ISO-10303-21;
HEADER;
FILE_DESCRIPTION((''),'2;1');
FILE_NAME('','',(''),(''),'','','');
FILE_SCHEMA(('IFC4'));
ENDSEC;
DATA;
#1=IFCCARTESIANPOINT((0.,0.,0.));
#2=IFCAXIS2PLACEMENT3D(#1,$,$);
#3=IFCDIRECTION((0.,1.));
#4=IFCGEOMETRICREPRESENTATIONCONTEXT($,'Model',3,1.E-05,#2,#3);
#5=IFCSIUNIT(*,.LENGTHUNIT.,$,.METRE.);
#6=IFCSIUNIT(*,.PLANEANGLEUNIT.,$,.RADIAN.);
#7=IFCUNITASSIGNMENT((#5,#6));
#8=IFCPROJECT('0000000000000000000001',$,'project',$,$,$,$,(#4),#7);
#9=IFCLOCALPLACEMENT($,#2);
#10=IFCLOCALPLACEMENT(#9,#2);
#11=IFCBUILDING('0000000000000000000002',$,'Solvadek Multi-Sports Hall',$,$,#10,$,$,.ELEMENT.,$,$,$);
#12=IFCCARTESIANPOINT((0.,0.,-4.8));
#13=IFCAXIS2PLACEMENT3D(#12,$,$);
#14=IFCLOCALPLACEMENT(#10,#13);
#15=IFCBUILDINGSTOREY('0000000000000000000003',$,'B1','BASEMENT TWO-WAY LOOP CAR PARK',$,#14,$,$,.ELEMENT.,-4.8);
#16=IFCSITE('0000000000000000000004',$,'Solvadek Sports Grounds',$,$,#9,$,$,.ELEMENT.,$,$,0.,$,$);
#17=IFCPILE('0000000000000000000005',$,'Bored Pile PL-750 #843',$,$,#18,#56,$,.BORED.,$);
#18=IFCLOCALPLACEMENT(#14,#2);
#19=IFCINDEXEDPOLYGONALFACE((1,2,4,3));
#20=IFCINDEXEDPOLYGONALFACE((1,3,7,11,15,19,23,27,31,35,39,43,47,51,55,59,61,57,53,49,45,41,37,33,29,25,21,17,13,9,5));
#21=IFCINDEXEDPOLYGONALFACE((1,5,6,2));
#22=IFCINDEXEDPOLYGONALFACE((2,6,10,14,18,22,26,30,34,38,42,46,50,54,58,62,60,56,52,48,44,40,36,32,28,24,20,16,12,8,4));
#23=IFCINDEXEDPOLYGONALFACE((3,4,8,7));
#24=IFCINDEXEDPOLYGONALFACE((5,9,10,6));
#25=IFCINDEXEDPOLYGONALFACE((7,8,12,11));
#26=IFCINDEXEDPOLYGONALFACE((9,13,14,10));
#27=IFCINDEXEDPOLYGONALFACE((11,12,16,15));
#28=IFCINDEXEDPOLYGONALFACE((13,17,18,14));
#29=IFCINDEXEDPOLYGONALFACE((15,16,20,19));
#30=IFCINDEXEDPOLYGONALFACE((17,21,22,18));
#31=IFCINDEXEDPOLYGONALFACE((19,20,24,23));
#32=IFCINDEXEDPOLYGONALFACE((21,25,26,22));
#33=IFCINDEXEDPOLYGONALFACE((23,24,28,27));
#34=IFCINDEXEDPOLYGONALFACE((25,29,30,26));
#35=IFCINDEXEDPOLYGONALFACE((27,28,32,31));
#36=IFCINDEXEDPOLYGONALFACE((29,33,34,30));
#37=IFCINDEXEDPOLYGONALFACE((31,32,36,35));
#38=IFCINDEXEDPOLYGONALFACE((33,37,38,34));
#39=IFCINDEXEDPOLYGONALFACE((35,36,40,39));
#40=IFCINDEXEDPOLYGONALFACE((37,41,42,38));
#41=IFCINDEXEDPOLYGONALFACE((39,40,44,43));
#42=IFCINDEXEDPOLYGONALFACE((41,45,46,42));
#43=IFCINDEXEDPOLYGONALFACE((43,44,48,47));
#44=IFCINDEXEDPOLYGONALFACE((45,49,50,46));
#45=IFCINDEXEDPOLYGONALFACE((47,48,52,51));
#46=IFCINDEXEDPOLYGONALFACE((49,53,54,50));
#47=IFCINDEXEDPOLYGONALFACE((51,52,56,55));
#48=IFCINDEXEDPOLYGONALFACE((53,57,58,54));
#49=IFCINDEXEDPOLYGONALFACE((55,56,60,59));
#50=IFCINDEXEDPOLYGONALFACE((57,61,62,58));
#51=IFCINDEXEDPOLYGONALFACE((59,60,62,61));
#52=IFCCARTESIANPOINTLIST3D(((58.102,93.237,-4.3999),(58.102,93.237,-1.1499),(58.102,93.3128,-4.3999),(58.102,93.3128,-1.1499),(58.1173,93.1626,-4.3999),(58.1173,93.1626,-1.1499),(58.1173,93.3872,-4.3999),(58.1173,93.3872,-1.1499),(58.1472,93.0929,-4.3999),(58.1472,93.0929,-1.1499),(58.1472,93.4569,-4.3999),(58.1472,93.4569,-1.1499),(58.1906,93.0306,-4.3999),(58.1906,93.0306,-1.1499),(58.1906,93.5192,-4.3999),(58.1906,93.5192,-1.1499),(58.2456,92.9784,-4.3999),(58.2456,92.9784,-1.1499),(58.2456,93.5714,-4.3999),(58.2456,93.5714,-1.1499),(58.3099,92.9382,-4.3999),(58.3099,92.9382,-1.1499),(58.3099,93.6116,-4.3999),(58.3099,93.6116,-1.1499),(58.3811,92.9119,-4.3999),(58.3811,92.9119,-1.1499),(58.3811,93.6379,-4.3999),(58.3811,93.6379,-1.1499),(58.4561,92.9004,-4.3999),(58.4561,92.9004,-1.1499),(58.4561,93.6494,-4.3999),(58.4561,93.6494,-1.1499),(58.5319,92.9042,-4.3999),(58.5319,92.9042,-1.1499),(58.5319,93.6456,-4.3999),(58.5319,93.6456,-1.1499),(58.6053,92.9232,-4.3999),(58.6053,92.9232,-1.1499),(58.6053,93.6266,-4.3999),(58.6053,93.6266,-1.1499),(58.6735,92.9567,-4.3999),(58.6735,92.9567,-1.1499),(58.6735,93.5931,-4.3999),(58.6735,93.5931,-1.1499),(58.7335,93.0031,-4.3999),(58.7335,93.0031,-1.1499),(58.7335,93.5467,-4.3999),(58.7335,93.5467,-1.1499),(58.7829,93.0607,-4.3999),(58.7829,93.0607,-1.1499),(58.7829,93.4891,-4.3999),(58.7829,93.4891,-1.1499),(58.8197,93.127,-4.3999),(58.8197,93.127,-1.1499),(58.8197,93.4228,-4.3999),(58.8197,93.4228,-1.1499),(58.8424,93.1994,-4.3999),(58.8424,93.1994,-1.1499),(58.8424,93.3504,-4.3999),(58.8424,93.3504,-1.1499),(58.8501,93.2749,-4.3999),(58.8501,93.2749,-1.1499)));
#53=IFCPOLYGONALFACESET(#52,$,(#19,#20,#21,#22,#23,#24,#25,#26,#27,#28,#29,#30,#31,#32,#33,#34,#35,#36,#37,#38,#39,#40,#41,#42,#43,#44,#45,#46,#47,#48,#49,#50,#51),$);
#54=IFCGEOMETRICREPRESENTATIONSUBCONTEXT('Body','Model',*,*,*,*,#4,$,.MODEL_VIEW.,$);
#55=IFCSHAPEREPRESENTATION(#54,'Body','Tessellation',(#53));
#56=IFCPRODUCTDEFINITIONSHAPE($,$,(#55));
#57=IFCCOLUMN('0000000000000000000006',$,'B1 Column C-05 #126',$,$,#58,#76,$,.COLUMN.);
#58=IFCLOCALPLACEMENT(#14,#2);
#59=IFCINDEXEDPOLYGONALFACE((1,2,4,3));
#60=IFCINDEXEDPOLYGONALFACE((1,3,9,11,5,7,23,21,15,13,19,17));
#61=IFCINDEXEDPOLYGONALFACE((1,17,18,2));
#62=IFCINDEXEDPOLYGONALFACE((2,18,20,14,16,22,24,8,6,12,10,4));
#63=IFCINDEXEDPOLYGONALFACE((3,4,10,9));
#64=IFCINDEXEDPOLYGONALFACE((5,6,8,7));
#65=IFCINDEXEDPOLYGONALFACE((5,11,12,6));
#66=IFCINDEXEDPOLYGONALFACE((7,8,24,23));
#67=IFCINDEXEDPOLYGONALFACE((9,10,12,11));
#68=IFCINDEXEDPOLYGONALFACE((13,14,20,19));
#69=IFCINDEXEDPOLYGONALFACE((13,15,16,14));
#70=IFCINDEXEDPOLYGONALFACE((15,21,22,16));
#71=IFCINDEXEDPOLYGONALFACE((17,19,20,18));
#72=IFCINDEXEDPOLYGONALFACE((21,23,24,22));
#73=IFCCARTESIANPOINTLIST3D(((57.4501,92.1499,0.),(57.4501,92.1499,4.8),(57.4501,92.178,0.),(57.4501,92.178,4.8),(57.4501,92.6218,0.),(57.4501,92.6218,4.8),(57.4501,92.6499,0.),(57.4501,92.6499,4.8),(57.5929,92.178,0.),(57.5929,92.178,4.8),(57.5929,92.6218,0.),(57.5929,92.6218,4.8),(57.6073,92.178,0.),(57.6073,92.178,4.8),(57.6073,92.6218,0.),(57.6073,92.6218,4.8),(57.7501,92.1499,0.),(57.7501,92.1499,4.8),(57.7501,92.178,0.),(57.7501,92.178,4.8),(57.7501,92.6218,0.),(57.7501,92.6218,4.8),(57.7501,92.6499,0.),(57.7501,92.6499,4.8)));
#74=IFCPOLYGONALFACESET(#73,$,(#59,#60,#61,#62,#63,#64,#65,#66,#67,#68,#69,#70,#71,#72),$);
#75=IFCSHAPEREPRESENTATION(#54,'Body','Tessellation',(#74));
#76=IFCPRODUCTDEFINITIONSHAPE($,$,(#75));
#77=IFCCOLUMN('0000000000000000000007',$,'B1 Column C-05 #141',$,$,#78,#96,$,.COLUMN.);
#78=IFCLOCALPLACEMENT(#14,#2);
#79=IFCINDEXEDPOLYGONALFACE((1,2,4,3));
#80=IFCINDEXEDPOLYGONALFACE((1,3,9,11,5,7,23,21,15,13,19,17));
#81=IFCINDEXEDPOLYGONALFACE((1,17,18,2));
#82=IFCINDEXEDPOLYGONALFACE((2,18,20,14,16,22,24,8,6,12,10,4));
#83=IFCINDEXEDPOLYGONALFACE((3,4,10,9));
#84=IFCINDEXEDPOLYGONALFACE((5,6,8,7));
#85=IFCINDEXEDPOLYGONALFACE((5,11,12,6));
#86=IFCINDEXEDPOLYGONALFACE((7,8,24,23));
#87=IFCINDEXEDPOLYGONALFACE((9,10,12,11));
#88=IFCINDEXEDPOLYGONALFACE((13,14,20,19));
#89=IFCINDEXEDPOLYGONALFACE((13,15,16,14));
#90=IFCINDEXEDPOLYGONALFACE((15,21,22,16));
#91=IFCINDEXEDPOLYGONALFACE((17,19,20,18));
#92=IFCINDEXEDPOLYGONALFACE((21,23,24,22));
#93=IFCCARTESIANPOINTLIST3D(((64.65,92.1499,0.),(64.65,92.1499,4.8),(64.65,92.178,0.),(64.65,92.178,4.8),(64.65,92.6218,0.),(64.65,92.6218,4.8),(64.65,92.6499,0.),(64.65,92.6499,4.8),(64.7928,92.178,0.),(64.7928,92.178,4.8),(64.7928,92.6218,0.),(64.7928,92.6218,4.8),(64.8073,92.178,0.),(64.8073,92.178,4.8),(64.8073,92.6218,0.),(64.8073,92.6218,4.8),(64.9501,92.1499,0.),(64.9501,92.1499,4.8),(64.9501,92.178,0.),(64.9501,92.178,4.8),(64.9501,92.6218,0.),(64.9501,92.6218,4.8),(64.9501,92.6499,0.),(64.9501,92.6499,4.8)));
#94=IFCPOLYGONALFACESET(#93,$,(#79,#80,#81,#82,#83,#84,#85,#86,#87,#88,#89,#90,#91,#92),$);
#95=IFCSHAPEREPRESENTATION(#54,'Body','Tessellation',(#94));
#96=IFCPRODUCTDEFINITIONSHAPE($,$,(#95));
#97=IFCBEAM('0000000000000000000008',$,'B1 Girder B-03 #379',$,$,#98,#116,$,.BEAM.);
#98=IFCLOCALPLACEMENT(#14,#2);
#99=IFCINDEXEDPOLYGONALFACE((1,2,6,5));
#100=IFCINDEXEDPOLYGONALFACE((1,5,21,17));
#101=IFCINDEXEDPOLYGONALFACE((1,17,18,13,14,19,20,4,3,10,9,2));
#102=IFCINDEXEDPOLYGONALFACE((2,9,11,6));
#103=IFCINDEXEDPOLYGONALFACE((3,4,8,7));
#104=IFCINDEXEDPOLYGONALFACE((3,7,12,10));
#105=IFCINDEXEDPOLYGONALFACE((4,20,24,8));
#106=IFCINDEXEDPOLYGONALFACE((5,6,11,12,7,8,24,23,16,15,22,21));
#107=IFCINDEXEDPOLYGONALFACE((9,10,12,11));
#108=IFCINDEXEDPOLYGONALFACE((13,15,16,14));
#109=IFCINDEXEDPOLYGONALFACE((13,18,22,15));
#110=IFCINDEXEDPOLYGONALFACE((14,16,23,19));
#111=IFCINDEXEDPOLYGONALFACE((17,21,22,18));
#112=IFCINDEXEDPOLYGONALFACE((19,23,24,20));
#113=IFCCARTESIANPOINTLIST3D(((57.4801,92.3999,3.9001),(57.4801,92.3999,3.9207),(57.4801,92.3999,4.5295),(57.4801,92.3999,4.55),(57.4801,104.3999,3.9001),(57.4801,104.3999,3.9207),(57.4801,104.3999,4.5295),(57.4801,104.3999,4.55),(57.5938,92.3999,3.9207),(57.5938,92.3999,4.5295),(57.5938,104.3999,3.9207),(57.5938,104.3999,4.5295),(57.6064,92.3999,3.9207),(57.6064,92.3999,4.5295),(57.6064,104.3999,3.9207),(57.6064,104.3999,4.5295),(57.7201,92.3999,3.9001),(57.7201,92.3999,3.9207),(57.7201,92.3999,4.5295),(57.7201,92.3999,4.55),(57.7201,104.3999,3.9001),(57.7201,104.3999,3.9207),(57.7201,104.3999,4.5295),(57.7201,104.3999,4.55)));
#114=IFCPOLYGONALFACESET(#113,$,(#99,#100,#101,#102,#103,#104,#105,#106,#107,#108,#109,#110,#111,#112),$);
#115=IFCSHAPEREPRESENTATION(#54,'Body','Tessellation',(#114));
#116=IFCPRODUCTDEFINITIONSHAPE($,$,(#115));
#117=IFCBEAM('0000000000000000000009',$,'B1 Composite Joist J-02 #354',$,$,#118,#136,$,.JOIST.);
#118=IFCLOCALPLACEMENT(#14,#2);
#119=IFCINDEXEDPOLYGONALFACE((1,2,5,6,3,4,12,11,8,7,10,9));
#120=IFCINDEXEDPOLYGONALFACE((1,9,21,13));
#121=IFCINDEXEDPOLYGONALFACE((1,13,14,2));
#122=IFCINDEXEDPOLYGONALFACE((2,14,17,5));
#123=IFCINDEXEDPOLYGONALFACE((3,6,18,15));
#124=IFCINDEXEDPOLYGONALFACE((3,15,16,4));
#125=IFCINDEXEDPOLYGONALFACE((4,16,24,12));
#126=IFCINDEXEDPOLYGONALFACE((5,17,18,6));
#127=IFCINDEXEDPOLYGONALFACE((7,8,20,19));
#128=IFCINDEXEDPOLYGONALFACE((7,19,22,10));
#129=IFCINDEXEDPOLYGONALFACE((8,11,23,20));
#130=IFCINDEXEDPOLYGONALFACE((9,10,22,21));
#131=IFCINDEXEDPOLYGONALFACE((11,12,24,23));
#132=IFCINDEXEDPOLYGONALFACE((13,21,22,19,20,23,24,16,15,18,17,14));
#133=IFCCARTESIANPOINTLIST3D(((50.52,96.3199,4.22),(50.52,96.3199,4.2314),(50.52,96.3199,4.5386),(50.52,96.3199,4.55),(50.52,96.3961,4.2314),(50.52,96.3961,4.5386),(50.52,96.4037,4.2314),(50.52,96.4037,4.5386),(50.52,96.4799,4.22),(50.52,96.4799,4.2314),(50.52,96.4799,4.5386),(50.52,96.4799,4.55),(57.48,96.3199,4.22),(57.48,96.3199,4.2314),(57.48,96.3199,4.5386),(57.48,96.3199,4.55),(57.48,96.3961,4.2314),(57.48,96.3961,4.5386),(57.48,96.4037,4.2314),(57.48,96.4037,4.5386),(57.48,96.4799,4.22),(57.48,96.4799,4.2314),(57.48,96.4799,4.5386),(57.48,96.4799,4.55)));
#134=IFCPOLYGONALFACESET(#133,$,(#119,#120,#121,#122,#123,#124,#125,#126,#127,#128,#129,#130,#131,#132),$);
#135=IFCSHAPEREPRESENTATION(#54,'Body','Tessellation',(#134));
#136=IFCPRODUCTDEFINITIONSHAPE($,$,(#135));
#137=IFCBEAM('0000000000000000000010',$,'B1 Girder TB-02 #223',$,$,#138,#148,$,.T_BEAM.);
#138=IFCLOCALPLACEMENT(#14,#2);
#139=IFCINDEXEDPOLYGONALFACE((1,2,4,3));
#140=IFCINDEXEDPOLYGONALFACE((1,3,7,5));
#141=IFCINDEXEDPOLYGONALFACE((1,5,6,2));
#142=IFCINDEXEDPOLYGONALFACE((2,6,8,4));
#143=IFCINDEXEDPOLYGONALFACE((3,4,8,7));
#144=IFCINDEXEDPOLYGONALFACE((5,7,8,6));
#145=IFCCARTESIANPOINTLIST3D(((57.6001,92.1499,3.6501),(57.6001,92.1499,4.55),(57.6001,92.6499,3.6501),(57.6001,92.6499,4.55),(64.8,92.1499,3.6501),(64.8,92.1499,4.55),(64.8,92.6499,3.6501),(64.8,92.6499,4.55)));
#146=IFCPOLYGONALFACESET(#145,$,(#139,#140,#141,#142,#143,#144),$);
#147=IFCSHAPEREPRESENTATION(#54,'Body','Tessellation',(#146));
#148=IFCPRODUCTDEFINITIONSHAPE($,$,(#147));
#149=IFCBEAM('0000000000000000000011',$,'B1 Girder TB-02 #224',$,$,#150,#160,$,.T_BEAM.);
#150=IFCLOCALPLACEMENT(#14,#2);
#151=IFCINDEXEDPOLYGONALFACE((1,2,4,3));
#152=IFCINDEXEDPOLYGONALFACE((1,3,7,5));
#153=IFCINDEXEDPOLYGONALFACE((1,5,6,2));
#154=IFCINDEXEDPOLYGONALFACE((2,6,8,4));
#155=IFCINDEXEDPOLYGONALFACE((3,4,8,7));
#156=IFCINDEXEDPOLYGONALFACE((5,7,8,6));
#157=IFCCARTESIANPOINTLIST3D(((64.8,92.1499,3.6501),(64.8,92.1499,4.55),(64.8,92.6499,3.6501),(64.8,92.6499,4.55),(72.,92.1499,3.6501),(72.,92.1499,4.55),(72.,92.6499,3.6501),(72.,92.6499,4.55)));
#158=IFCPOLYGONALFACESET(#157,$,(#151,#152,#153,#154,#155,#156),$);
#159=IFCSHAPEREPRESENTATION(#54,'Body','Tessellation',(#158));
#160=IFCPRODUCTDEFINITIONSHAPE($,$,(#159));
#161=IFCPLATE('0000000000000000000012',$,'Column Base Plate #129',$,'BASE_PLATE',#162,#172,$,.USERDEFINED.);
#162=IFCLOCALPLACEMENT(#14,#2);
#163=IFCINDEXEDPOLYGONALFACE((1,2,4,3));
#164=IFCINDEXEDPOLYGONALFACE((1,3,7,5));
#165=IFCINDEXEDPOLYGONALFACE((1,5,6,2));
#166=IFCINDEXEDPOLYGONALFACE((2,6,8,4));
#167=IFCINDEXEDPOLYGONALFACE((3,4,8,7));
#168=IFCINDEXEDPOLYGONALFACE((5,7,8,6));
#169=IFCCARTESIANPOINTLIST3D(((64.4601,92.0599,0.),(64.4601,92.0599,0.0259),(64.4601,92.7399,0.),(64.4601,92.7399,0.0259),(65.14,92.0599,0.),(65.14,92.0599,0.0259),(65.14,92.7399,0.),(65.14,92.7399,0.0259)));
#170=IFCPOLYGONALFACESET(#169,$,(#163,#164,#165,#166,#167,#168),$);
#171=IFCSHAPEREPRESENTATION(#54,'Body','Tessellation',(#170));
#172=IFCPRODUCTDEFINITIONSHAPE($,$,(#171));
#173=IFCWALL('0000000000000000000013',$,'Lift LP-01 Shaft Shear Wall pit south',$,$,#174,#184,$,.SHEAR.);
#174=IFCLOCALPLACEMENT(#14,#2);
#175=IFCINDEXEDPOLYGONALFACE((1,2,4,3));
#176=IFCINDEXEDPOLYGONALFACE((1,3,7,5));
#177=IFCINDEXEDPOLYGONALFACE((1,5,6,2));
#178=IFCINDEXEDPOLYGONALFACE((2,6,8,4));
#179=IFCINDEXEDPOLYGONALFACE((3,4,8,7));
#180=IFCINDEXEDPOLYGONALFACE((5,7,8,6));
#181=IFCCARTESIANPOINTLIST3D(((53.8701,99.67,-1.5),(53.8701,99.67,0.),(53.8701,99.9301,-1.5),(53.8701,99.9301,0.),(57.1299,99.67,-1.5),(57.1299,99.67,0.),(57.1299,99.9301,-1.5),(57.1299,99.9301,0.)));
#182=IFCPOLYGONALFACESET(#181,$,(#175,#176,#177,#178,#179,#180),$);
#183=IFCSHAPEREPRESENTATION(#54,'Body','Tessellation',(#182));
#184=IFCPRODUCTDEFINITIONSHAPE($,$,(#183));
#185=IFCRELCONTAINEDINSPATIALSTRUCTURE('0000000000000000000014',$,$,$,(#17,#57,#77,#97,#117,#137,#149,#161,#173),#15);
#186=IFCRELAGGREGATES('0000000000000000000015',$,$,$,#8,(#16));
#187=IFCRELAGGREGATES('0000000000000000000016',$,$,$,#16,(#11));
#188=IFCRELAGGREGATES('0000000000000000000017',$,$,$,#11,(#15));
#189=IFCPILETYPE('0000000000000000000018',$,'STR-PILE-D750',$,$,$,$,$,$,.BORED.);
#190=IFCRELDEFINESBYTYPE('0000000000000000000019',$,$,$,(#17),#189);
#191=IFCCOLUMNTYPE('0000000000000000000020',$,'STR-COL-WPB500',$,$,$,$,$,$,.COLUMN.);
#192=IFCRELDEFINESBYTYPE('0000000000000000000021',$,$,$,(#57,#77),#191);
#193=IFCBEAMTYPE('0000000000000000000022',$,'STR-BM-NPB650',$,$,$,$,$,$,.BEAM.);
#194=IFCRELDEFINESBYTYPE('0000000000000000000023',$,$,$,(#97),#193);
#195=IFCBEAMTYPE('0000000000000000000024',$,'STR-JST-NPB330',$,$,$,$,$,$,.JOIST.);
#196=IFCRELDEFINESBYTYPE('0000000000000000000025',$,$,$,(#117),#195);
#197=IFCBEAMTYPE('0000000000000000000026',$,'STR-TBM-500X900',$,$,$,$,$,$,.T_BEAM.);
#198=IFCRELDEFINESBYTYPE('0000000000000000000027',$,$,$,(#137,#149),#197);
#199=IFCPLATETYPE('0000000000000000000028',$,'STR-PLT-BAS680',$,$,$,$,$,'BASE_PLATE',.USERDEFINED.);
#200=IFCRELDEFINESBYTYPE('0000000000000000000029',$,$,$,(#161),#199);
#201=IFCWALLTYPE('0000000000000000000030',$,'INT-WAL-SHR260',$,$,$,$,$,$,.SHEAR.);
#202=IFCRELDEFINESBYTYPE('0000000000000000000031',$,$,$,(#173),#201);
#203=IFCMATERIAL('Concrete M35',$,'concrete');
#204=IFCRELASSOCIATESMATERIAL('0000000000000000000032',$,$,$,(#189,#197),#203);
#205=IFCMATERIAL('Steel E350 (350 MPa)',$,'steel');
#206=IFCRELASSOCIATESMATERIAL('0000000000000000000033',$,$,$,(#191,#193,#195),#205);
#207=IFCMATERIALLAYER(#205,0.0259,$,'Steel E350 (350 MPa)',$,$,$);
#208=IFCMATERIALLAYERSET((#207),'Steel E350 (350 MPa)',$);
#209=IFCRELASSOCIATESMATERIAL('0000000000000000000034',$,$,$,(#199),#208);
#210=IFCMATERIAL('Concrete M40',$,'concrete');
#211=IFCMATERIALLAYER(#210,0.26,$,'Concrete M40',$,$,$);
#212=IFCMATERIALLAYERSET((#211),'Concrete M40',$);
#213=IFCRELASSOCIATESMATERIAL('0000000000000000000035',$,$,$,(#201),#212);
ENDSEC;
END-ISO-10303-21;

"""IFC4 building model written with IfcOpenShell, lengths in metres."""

from ifc_helpers import new_model, si_unit, direction, frame, frame_2d, origin, origin_2d, place, context, subcontext, project, spatial, rectangle, circle, i_section, extrude, material, layer, layer_set, material_profile, profile_set, type_object, element, save


model = new_model("IFC4")

# Units and contexts
model_context = context("Model", 3, precision=1e-05, world=origin(), true_north=direction((0.0, 1.0)))
body_context = subcontext(model_context, "Body", "Model", "MODEL_VIEW")
ifc_project = project(units=[si_unit("LENGTHUNIT", "METRE"), si_unit("PLANEANGLEUNIT", "RADIAN")], contexts=[model_context])

# Site, building, storey
site_placement = place(None, origin())
site = spatial("IfcSite", under=ifc_project, at=site_placement, Name="Solvadek Sports Grounds", CompositionType="ELEMENT", RefElevation=0.0)
building_placement = place(site_placement, origin())
building = spatial("IfcBuilding", under=site, at=building_placement, Name="Solvadek Multi-Sports Hall", CompositionType="ELEMENT")
storey_placement = place(building_placement, frame((0.0, 0.0, -4.8)))
storey = spatial("IfcBuildingStorey", under=building, at=storey_placement, Name="B1", Description="BASEMENT TWO-WAY LOOP CAR PARK", CompositionType="ELEMENT", Elevation=-4.8)

# Shared definitions
ifc_material_1 = material(Name="Concrete M40", Category="concrete")

# Pile
ifc_material_2 = material(Name="Concrete M35", Category="concrete")
ifc_material_profile_1 = material_profile(ifc_material_2, circle(Radius=0.375, at=origin_2d()), Name="BORED PILE D750")
ifc_profile_set_1 = profile_set([ifc_material_profile_1], Name="Concrete M35")
pile_type_1 = type_object("IfcPileType", Name="STR-PILE-D750", PredefinedType="BORED", material=ifc_profile_set_1)
pile_1_placement = place(storey_placement, frame((58.4751, 93.2749, -1.1499), z_axis=(0.0, 0.0, -1.0), x_axis=(1.0, 0.0, 0.0)))
element("IfcPile", 1, at=pile_1_placement, inside=storey, type_object=pile_type_1, Name="Bored Pile PL-750 #843", PredefinedType="BORED", context=body_context, shape_type="SweptSolid", body=[
    extrude(circle(Radius=0.375, at=origin_2d()), origin(), (0.0, 0.0, 1.0), 3.25),
])

# Columns
ifc_material_3 = material(Name="Steel E350 (350 MPa)", Category="steel")
ifc_material_profile_2 = material_profile(ifc_material_3, i_section(OverallWidth=0.3, OverallDepth=0.5, WebThickness=0.0144, FlangeThickness=0.0281, at=origin_2d()), Name="WPB 500")
ifc_profile_set_2 = profile_set([ifc_material_profile_2], Name="Steel E350 (350 MPa)")
column_type = type_object("IfcColumnType", Name="STR-COL-WPB500", PredefinedType="COLUMN", material=ifc_profile_set_2)
for number, where, z_axis, x_axis, name in (
    (2, (57.6001, 92.3999, 0.0), (0.0, 0.0, 1.0), (1.0, 0.0, 0.0), "B1 Column C-05 #126"),
    (3, (64.8, 92.3999, 0.0), (0.0, 0.0, 1.0), (1.0, 0.0, 0.0), "B1 Column C-05 #141"),
):
    element("IfcColumn", number, at=place(storey_placement, frame(where, z_axis=z_axis, x_axis=x_axis)), inside=storey, type_object=column_type, Name=name, PredefinedType="COLUMN", context=body_context, shape_type="SweptSolid", body=[
        extrude(i_section(OverallWidth=0.3, OverallDepth=0.5, WebThickness=0.0144, FlangeThickness=0.0281, at=origin_2d()), origin(), (0.0, 0.0, 1.0), 4.8),
    ])

# Beams
ifc_material_profile_3 = material_profile(ifc_material_3, i_section(OverallWidth=0.24, OverallDepth=0.6499, WebThickness=0.0127, FlangeThickness=0.0205, at=origin_2d()), Name="NPB 650")
ifc_profile_set_3 = profile_set([ifc_material_profile_3], Name="Steel E350 (350 MPa)")
beam_type_1 = type_object("IfcBeamType", Name="STR-BM-NPB650", PredefinedType="BEAM", material=ifc_profile_set_3)
beam_1_placement = place(storey_placement, frame((57.6001, 92.3999, 4.2251), z_axis=(0.0, 1.0, 0.0), x_axis=(-1.0, 0.0, 0.0)))
element("IfcBeam", 4, at=beam_1_placement, inside=storey, type_object=beam_type_1, Name="B1 Girder B-03 #379", PredefinedType="BEAM", context=body_context, shape_type="SweptSolid", body=[
    extrude(i_section(OverallWidth=0.24, OverallDepth=0.6499, WebThickness=0.0127, FlangeThickness=0.0205, at=origin_2d()), origin(), (0.0, 0.0, 1.0), 12.0),
])
ifc_material_profile_4 = material_profile(ifc_material_3, i_section(OverallWidth=0.1599, OverallDepth=0.3301, WebThickness=0.0076, FlangeThickness=0.0115, at=origin_2d()), Name="NPB 330")
ifc_profile_set_4 = profile_set([ifc_material_profile_4], Name="Steel E350 (350 MPa)")
beam_type_2 = type_object("IfcBeamType", Name="STR-JST-NPB330", PredefinedType="JOIST", material=ifc_profile_set_4)
beam_2_placement = place(storey_placement, frame((50.52, 96.3999, 4.385), z_axis=(1.0, 0.0, 0.0), x_axis=(0.0, 1.0, 0.0)))
element("IfcBeam", 5, at=beam_2_placement, inside=storey, type_object=beam_type_2, Name="B1 Composite Joist J-02 #354", PredefinedType="JOIST", context=body_context, shape_type="SweptSolid", body=[
    extrude(i_section(OverallWidth=0.1599, OverallDepth=0.3301, WebThickness=0.0076, FlangeThickness=0.0115, at=origin_2d()), origin(), (0.0, 0.0, 1.0), 6.96),
])
ifc_material_profile_5 = material_profile(ifc_material_2, rectangle(XDim=0.5, YDim=0.8999, at=origin_2d()), Name="RC T-BEAM 500x900")
ifc_profile_set_5 = profile_set([ifc_material_profile_5], Name="Concrete M35")
beam_type_3 = type_object("IfcBeamType", Name="STR-TBM-500X900", PredefinedType="T_BEAM", material=ifc_profile_set_5)
for number, where, z_axis, x_axis, name in (
    (6, (57.6001, 92.3999, 4.1001), (1.0, 0.0, 0.0), (0.0, 1.0, 0.0), "B1 Girder TB-02 #223"),
    (7, (64.8, 92.3999, 4.1001), (1.0, 0.0, 0.0), (0.0, 1.0, 0.0), "B1 Girder TB-02 #224"),
):
    element("IfcBeam", number, at=place(storey_placement, frame(where, z_axis=z_axis, x_axis=x_axis)), inside=storey, type_object=beam_type_3, Name=name, PredefinedType="T_BEAM", context=body_context, shape_type="SweptSolid", body=[
        extrude(rectangle(XDim=0.5, YDim=0.8999, at=origin_2d()), origin(), (0.0, 0.0, 1.0), 7.2),
    ])

# Plate
ifc_layer_1 = layer(ifc_material_3, 0.0259, Name="Steel E350 (350 MPa)")
ifc_layer_set_1 = layer_set([ifc_layer_1], Name="Steel E350 (350 MPa)")
plate_type = type_object("IfcPlateType", Name="STR-PLT-BAS680", ElementType="BASE_PLATE", PredefinedType="USERDEFINED", material=ifc_layer_set_1)
plate_placement = place(storey_placement, frame((64.8, 92.3999, 0.0), z_axis=(0.0, 0.0, 1.0), x_axis=(1.0, 0.0, 0.0)))
element("IfcPlate", 8, at=plate_placement, inside=storey, type_object=plate_type, Name="Column Base Plate #129", ObjectType="BASE_PLATE", PredefinedType="USERDEFINED", context=body_context, shape_type="SweptSolid", body=[
    extrude(rectangle(XDim=0.6799, YDim=0.6799, at=origin_2d()), origin(), (0.0, 0.0, 1.0), 0.0259),
])

# Wall
ifc_layer_2 = layer(ifc_material_1, 0.26, Name="Concrete M40")
ifc_layer_set_2 = layer_set([ifc_layer_2], Name="Concrete M40")
wall_type_1 = type_object("IfcWallType", Name="INT-WAL-SHR260", PredefinedType="SHEAR", material=ifc_layer_set_2)
wall_1_placement = place(storey_placement, frame((53.8701, 99.8, -1.5), z_axis=(0.0, 0.0, 1.0), x_axis=(1.0, 0.0, 0.0)))
element("IfcWall", 9, at=wall_1_placement, inside=storey, type_object=wall_type_1, Name="Lift LP-01 Shaft Shear Wall pit south", PredefinedType="SHEAR", context=body_context, shape_type="SweptSolid", body=[
    extrude(rectangle(XDim=3.2598, YDim=0.26, at=frame_2d((1.6299, 0.0))), origin(), (0.0, 0.0, 1.0), 1.5),
])

save(model, "model.ifc")
